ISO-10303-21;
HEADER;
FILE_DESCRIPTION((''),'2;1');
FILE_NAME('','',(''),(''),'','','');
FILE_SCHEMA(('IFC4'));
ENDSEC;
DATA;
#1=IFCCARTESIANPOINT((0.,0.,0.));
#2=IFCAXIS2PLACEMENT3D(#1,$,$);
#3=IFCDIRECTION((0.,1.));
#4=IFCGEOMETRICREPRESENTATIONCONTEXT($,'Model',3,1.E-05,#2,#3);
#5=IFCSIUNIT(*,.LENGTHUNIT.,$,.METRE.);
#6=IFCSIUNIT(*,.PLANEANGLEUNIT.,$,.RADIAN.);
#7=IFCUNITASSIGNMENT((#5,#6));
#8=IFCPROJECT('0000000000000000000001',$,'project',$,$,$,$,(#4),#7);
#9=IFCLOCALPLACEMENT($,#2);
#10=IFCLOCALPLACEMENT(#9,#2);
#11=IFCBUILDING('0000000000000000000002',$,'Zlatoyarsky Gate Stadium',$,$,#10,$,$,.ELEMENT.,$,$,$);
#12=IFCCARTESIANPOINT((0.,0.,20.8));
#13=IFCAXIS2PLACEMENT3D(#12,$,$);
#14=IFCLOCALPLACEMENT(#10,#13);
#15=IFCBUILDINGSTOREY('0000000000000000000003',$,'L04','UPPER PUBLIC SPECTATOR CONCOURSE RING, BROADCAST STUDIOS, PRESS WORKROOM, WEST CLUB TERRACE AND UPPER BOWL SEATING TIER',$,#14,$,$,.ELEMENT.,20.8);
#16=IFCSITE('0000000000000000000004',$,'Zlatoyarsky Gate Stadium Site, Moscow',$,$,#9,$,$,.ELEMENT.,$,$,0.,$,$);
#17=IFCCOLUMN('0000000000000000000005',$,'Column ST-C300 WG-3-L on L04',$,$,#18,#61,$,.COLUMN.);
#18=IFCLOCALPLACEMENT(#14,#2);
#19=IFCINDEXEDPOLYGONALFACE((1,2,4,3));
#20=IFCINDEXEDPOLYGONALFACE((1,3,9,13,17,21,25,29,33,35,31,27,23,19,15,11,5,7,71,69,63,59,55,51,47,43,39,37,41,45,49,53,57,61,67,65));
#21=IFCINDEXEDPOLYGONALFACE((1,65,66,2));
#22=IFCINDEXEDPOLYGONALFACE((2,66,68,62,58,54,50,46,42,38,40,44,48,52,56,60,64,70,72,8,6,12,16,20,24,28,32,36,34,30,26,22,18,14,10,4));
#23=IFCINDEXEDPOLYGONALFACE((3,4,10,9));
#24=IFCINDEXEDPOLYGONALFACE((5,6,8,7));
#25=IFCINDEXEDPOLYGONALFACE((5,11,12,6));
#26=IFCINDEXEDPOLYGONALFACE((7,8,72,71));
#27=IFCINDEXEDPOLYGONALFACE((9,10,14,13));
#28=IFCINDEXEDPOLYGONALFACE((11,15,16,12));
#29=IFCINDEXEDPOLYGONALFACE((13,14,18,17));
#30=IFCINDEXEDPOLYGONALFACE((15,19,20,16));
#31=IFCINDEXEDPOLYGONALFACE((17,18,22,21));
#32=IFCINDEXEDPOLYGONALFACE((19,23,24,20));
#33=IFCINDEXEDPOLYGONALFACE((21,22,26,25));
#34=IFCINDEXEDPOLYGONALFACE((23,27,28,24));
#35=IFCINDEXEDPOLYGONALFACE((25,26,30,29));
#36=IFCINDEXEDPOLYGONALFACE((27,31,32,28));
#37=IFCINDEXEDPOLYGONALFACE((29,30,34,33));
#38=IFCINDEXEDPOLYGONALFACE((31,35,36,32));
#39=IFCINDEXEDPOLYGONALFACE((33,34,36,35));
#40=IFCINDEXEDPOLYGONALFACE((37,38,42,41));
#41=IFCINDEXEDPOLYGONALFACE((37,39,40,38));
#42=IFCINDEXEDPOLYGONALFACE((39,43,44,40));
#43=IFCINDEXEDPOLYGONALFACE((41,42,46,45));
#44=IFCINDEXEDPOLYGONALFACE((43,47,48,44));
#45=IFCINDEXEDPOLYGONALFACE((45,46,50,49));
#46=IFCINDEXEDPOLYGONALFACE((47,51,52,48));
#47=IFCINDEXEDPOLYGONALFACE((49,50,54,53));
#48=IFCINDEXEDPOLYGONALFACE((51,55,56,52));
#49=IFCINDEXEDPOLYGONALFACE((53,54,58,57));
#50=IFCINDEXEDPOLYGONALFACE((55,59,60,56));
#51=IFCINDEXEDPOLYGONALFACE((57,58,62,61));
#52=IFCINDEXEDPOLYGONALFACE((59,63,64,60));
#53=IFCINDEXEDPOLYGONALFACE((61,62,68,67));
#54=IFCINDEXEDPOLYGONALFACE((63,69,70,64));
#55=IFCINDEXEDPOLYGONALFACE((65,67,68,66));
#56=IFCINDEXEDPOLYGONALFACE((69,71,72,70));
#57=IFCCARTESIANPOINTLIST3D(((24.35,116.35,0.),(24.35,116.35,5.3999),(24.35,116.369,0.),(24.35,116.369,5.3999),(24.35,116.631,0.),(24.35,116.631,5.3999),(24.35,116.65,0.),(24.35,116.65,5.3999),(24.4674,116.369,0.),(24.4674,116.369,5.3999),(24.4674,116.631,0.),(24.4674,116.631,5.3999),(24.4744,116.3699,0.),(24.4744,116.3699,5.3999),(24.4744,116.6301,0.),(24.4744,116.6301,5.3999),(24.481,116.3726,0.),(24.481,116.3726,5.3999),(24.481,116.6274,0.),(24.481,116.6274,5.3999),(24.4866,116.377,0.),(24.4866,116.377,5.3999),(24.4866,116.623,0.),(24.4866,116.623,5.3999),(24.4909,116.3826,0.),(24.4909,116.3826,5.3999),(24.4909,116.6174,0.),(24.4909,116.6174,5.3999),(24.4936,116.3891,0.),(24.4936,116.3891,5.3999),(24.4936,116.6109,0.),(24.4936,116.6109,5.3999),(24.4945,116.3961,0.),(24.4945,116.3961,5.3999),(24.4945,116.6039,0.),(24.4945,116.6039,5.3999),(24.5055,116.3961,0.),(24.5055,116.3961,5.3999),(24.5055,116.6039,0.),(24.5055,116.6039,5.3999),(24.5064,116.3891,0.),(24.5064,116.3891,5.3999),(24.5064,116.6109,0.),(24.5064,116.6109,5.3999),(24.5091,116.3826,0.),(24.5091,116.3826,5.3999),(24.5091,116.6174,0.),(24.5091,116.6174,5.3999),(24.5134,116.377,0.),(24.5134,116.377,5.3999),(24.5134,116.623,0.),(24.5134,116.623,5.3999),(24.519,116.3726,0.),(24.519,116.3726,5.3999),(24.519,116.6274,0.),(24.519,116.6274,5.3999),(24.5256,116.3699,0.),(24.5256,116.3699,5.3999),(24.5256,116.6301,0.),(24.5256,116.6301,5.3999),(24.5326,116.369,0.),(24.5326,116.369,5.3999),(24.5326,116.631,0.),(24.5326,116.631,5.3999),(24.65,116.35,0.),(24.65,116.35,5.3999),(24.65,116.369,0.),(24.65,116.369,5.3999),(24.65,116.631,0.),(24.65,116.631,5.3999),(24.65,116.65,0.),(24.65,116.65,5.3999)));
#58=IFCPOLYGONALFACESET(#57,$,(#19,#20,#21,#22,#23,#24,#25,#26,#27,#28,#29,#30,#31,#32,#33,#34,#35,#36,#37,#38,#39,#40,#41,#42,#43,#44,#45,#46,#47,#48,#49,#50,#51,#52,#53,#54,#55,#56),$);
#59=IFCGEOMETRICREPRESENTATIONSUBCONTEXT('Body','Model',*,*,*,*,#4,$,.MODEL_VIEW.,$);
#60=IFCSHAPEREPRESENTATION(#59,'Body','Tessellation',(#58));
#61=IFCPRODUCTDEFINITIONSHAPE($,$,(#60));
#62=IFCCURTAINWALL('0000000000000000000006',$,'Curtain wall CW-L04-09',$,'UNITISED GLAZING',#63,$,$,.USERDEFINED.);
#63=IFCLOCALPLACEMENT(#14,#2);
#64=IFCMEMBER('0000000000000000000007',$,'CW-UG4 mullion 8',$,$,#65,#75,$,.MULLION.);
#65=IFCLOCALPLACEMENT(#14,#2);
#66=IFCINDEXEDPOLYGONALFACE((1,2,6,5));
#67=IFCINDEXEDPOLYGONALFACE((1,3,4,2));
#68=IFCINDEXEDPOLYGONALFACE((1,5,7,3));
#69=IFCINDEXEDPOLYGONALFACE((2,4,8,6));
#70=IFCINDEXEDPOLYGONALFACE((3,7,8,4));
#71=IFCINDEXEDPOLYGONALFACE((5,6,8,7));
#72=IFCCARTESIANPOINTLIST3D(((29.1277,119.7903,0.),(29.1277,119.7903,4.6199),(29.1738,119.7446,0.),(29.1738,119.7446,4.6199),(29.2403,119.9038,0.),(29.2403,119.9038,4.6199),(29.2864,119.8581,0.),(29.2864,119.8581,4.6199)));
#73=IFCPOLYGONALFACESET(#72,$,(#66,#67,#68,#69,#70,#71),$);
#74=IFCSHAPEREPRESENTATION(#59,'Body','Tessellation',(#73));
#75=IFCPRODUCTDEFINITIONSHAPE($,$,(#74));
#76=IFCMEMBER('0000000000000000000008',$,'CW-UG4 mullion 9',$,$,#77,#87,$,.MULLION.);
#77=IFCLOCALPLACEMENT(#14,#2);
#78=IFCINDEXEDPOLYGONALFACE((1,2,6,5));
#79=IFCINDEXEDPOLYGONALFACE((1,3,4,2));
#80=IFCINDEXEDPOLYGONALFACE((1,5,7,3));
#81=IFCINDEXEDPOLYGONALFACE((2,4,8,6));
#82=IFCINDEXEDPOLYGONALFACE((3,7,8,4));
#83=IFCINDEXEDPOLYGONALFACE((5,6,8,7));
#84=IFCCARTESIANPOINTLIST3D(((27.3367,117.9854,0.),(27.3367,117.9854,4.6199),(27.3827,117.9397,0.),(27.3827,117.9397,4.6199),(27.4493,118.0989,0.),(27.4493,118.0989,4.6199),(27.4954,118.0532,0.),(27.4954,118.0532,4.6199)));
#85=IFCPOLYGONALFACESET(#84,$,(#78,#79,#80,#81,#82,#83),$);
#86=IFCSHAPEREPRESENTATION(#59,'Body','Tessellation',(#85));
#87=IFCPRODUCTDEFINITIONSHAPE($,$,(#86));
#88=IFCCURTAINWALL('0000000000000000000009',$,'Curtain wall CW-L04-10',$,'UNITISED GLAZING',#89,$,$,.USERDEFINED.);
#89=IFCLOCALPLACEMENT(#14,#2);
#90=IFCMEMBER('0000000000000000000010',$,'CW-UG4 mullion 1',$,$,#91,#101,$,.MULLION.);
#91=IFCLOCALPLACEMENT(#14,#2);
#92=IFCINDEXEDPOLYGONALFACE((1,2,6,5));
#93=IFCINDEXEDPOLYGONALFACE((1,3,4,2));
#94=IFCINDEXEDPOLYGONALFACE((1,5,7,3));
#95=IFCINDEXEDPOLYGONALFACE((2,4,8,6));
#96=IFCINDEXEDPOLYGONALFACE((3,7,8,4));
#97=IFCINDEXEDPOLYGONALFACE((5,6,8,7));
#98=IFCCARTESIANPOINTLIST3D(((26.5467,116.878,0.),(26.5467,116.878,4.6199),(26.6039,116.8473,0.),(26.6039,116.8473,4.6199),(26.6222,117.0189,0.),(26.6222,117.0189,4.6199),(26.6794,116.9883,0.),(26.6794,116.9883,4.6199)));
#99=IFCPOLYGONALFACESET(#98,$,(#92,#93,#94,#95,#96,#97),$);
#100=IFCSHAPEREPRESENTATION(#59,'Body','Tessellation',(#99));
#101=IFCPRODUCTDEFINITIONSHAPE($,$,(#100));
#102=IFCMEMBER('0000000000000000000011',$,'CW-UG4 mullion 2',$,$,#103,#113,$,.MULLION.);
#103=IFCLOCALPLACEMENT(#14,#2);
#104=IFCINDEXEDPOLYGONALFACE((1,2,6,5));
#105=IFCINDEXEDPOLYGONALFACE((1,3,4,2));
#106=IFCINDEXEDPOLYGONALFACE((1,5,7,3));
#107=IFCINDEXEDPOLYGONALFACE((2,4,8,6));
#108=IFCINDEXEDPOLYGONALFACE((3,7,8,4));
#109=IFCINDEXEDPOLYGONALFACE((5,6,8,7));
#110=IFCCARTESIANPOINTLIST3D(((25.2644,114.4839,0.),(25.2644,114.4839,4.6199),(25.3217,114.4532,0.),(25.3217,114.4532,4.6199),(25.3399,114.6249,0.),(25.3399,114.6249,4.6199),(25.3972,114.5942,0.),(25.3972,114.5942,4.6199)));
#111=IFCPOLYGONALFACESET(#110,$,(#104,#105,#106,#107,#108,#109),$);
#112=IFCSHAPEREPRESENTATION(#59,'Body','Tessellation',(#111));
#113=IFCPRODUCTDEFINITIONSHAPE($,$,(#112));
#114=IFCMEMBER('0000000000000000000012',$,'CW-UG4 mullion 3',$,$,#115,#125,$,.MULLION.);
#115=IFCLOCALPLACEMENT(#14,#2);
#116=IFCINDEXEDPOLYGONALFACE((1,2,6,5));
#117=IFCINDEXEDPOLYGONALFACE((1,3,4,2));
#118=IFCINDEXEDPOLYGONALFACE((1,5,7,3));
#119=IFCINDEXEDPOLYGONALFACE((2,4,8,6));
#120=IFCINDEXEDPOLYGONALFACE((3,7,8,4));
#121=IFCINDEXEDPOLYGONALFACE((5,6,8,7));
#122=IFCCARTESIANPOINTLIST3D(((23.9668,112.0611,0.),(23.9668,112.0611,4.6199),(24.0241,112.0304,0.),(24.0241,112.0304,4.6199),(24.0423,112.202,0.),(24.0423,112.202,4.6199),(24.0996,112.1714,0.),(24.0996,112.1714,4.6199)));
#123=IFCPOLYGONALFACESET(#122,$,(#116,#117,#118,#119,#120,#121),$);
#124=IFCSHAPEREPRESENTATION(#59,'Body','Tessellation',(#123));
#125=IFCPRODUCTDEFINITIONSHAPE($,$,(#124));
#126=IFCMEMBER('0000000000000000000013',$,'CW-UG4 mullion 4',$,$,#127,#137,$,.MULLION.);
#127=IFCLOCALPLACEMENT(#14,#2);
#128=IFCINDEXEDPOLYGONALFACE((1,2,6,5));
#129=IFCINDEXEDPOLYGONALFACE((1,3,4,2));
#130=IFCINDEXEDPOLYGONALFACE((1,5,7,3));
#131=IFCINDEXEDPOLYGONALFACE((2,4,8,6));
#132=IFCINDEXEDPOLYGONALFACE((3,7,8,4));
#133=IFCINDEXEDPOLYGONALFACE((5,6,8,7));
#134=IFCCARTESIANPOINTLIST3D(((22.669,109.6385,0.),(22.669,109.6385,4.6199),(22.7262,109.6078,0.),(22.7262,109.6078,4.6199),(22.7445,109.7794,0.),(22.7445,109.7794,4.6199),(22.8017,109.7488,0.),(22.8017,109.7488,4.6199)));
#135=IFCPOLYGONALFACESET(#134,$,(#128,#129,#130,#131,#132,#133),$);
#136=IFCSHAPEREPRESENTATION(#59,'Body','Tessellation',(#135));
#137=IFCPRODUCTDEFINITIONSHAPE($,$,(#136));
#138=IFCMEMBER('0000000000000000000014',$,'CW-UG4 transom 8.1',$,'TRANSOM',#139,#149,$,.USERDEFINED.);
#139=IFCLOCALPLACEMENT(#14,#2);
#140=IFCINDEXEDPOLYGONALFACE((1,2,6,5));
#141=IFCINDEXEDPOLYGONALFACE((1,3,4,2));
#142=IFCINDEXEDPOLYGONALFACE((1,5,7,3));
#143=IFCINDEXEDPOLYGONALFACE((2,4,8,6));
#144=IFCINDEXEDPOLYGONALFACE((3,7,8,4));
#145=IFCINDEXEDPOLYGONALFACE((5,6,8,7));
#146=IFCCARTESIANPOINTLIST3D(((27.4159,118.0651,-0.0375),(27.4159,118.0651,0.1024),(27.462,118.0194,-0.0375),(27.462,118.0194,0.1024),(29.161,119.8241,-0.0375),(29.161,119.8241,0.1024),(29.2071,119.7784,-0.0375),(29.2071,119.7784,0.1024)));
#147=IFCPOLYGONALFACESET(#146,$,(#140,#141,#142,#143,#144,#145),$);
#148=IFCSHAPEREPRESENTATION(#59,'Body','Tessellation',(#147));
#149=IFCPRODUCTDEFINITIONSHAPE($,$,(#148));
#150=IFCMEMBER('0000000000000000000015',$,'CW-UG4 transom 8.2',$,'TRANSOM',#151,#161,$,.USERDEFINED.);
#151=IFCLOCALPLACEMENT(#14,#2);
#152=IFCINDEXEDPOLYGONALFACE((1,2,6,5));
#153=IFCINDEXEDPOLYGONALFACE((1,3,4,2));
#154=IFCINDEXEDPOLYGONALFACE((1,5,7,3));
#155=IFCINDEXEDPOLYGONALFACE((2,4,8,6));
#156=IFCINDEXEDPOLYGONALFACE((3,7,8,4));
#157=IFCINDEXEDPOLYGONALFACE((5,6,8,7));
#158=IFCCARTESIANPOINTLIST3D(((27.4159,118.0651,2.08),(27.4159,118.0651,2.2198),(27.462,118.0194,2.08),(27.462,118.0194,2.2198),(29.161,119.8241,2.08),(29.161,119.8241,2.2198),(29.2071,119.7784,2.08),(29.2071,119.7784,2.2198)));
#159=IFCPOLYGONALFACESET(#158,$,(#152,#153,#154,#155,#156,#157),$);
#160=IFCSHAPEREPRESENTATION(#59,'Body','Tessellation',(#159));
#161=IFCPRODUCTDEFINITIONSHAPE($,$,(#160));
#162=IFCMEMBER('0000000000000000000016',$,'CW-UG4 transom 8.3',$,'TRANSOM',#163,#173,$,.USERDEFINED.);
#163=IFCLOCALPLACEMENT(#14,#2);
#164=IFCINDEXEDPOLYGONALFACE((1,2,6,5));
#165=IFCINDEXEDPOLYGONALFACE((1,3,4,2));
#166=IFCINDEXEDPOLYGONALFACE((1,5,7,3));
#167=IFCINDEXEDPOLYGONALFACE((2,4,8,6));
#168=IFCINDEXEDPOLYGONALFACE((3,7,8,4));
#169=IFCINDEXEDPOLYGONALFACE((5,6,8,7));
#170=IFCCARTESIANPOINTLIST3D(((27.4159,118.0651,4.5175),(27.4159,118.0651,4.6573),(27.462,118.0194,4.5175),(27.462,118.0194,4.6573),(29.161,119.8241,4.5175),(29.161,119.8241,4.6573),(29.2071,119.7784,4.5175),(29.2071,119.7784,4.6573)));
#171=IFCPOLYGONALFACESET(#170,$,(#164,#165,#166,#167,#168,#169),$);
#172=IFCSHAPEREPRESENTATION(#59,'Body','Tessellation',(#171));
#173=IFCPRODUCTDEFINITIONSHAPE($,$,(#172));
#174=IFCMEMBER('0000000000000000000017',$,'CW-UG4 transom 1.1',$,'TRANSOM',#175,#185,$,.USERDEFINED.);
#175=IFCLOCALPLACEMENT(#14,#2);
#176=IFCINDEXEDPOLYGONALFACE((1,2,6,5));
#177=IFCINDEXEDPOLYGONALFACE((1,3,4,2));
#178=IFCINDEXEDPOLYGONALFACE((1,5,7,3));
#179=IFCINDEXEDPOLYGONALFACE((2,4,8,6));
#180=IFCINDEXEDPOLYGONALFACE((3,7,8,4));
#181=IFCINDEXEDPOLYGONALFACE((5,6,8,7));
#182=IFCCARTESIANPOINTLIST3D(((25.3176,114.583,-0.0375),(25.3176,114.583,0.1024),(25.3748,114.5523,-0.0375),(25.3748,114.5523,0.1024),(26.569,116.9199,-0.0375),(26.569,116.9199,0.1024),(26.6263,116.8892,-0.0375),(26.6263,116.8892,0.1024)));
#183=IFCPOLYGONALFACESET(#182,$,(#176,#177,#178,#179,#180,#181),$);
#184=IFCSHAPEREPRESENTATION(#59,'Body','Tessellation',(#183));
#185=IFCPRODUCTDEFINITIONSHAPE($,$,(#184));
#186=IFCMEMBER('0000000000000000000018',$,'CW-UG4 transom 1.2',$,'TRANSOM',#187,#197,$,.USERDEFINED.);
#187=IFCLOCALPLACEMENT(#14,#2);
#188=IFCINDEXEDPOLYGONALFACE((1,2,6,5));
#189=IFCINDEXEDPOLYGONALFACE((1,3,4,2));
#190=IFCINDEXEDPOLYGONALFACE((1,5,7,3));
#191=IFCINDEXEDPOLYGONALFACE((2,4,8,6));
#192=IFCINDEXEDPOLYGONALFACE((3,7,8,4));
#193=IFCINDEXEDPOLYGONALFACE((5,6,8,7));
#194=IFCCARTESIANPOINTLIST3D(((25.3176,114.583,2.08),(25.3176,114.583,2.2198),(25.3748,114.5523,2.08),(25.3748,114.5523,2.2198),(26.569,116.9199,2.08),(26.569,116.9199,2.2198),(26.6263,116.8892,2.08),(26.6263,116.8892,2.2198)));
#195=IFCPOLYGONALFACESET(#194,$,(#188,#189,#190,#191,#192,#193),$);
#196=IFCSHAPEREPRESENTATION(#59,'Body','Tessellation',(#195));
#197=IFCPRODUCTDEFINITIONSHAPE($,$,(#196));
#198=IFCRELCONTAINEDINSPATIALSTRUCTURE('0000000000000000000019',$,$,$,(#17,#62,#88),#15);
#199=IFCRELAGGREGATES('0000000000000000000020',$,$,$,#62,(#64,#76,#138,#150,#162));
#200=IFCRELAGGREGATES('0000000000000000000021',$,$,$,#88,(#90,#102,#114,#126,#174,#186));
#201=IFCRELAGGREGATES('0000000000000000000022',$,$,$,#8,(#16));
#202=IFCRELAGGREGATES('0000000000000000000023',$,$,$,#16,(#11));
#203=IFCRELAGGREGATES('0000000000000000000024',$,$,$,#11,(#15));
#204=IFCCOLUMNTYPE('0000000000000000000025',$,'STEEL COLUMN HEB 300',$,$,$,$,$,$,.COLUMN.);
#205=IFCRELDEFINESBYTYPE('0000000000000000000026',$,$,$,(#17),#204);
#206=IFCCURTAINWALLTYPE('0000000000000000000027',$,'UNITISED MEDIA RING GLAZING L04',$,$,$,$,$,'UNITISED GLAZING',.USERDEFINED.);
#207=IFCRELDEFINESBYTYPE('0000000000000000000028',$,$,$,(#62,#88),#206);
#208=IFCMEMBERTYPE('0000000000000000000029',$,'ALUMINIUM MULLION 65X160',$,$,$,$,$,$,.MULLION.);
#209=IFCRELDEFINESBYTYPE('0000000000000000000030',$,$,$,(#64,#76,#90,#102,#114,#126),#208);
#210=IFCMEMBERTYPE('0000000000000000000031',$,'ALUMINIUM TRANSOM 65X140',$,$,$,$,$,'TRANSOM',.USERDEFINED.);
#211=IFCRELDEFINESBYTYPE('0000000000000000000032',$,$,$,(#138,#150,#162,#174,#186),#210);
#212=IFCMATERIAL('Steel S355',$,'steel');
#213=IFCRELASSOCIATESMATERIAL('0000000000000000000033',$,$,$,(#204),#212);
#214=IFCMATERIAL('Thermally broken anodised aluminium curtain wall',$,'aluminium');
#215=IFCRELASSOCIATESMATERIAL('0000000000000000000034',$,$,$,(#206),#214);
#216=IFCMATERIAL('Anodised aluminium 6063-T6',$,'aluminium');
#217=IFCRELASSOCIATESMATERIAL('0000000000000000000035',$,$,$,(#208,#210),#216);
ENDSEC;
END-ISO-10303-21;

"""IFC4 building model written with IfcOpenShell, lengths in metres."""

from ifc_helpers import new_model, si_unit, direction, frame, origin, origin_2d, place, context, subcontext, project, spatial, rectangle, i_section, extrude, material, material_profile, profile_set, type_object, element, aggregate, save


model = new_model("IFC4")

# Units and contexts
model_context = context("Model", 3, precision=1e-05, world=origin(), true_north=direction((0.0, 1.0)))
body_context = subcontext(model_context, "Body", "Model", "MODEL_VIEW")
ifc_project = project(units=[si_unit("LENGTHUNIT", "METRE"), si_unit("PLANEANGLEUNIT", "RADIAN")], contexts=[model_context])

# Site, building, storey
site_placement = place(None, origin())
site = spatial("IfcSite", under=ifc_project, at=site_placement, Name="Zlatoyarsky Gate Stadium Site, Moscow", CompositionType="ELEMENT", RefElevation=0.0)
building_placement = place(site_placement, origin())
building = spatial("IfcBuilding", under=site, at=building_placement, Name="Zlatoyarsky Gate Stadium", CompositionType="ELEMENT")
storey_placement = place(building_placement, frame((0.0, 0.0, 20.8)))
storey = spatial("IfcBuildingStorey", under=building, at=storey_placement, Name="L04", Description="UPPER PUBLIC SPECTATOR CONCOURSE RING, BROADCAST STUDIOS, PRESS WORKROOM, WEST CLUB TERRACE AND UPPER BOWL SEATING TIER", CompositionType="ELEMENT", Elevation=20.8)

# Column
ifc_material_1 = material(Name="Steel S355", Category="steel")
ifc_material_profile_1 = material_profile(ifc_material_1, i_section(OverallWidth=0.3, OverallDepth=0.3, WebThickness=0.011, FlangeThickness=0.019, FilletRadius=0.0271, at=origin_2d()), Name="HEB 300")
ifc_profile_set_1 = profile_set([ifc_material_profile_1], Name="Steel S355")
column_type = type_object("IfcColumnType", Name="STEEL COLUMN HEB 300", PredefinedType="COLUMN", material=ifc_profile_set_1)
column_placement = place(storey_placement, frame((24.5, 116.5, 0.0), z_axis=(0.0, 0.0, 1.0), x_axis=(1.0, 0.0, 0.0)))
element("IfcColumn", 1, at=column_placement, inside=storey, type_object=column_type, Name="Column ST-C300 WG-3-L on L04", PredefinedType="COLUMN", context=body_context, shape_type="SweptSolid", body=[
    extrude(i_section(OverallWidth=0.3, OverallDepth=0.3, WebThickness=0.011, FlangeThickness=0.019, FilletRadius=0.0271, at=origin_2d()), origin(), (0.0, 0.0, 1.0), 5.3999),
])

# Curtain walls, members
ifc_material_2 = material(Name="Thermally broken anodised aluminium curtain wall", Category="aluminium")
curtain_wall_type = type_object("IfcCurtainWallType", Name="UNITISED MEDIA RING GLAZING L04", ElementType="UNITISED GLAZING", PredefinedType="USERDEFINED", material=ifc_material_2)
curtain_wall_1_placement = place(storey_placement, origin())
curtain_wall_1 = element("IfcCurtainWall", 2, at=curtain_wall_1_placement, inside=storey, type_object=curtain_wall_type, Name="Curtain wall CW-L04-09", ObjectType="UNITISED GLAZING", PredefinedType="USERDEFINED")
ifc_material_3 = material(Name="Anodised aluminium 6063-T6", Category="aluminium")
ifc_material_profile_2 = material_profile(ifc_material_3, rectangle(XDim=0.0649, YDim=0.1599, at=origin_2d()), Name="ALU 65X160")
ifc_profile_set_2 = profile_set([ifc_material_profile_2], Name="Anodised aluminium 6063-T6")
member_type_1 = type_object("IfcMemberType", Name="ALUMINIUM MULLION 65X160", PredefinedType="MULLION", material=ifc_profile_set_2)
member_1_placement = place(storey_placement, frame((29.207, 119.8242, 0.0), z_axis=(0.0, 0.0, 1.0), x_axis=(0.709871, -0.704332, 0.0)))
member_1 = element("IfcMember", 3, at=member_1_placement, type_object=member_type_1, Name="CW-UG4 mullion 8", PredefinedType="MULLION", context=body_context, shape_type="SweptSolid", body=[
    extrude(rectangle(XDim=0.0649, YDim=0.1599, at=origin_2d()), origin(), (0.0, 0.0, 1.0), 4.6199),
])
member_2_placement = place(storey_placement, frame((27.416, 118.0193, 0.0), z_axis=(0.0, 0.0, 1.0), x_axis=(0.709871, -0.704332, 0.0)))
member_2 = element("IfcMember", 4, at=member_2_placement, type_object=member_type_1, Name="CW-UG4 mullion 9", PredefinedType="MULLION", context=body_context, shape_type="SweptSolid", body=[
    extrude(rectangle(XDim=0.0649, YDim=0.1599, at=origin_2d()), origin(), (0.0, 0.0, 1.0), 4.6199),
])
curtain_wall_2_placement = place(storey_placement, origin())
curtain_wall_2 = element("IfcCurtainWall", 5, at=curtain_wall_2_placement, inside=storey, type_object=curtain_wall_type, Name="Curtain wall CW-L04-10", ObjectType="UNITISED GLAZING", PredefinedType="USERDEFINED")
member_3_placement = place(storey_placement, frame((26.613, 116.9331, 0.0), z_axis=(0.0, 0.0, 1.0), x_axis=(0.881521, -0.472145, 0.0)))
member_3 = element("IfcMember", 6, at=member_3_placement, type_object=member_type_1, Name="CW-UG4 mullion 1", PredefinedType="MULLION", context=body_context, shape_type="SweptSolid", body=[
    extrude(rectangle(XDim=0.0649, YDim=0.1599, at=origin_2d()), origin(), (0.0, 0.0, 1.0), 4.6199),
])
member_4_placement = place(storey_placement, frame((25.3308, 114.5391, 0.0), z_axis=(0.0, 0.0, 1.0), x_axis=(0.881521, -0.472145, 0.0)))
member_4 = element("IfcMember", 7, at=member_4_placement, type_object=member_type_1, Name="CW-UG4 mullion 2", PredefinedType="MULLION", context=body_context, shape_type="SweptSolid", body=[
    extrude(rectangle(XDim=0.0649, YDim=0.1599, at=origin_2d()), origin(), (0.0, 0.0, 1.0), 4.6199),
])
member_5_placement = place(storey_placement, frame((24.0332, 112.1162, 0.0), z_axis=(0.0, 0.0, 1.0), x_axis=(0.881521, -0.472145, 0.0)))
member_5 = element("IfcMember", 8, at=member_5_placement, type_object=member_type_1, Name="CW-UG4 mullion 3", PredefinedType="MULLION", context=body_context, shape_type="SweptSolid", body=[
    extrude(rectangle(XDim=0.0649, YDim=0.1599, at=origin_2d()), origin(), (0.0, 0.0, 1.0), 4.6199),
])
member_6_placement = place(storey_placement, frame((22.7354, 109.6936, 0.0), z_axis=(0.0, 0.0, 1.0), x_axis=(0.881521, -0.472145, 0.0)))
member_6 = element("IfcMember", 9, at=member_6_placement, type_object=member_type_1, Name="CW-UG4 mullion 4", PredefinedType="MULLION", context=body_context, shape_type="SweptSolid", body=[
    extrude(rectangle(XDim=0.0649, YDim=0.1599, at=origin_2d()), origin(), (0.0, 0.0, 1.0), 4.6199),
])

# Members
ifc_material_profile_3 = material_profile(ifc_material_3, rectangle(XDim=0.0649, YDim=0.1399, at=origin_2d()), Name="ALU 65X140")
ifc_profile_set_3 = profile_set([ifc_material_profile_3], Name="Anodised aluminium 6063-T6")
member_type_2 = type_object("IfcMemberType", Name="ALUMINIUM TRANSOM 65X140", ElementType="TRANSOM", PredefinedType="USERDEFINED", material=ifc_profile_set_3)
member_7_placement = place(storey_placement, frame((29.1841, 119.8013, 0.0325), z_axis=(-0.704293, -0.709909, 0.0), x_axis=(0.709909, -0.704293, 0.0)))
member_7 = element("IfcMember", 10, at=member_7_placement, type_object=member_type_2, Name="CW-UG4 transom 8.1", ObjectType="TRANSOM", PredefinedType="USERDEFINED", context=body_context, shape_type="SweptSolid", body=[
    extrude(rectangle(XDim=0.0649, YDim=0.1399, at=origin_2d()), origin(), (0.0, 0.0, 1.0), 2.4778),
])
member_8_placement = place(storey_placement, frame((29.1841, 119.8013, 2.1499), z_axis=(-0.704293, -0.709909, 0.0), x_axis=(0.709909, -0.704293, 0.0)))
member_8 = element("IfcMember", 11, at=member_8_placement, type_object=member_type_2, Name="CW-UG4 transom 8.2", ObjectType="TRANSOM", PredefinedType="USERDEFINED", context=body_context, shape_type="SweptSolid", body=[
    extrude(rectangle(XDim=0.0649, YDim=0.1399, at=origin_2d()), origin(), (0.0, 0.0, 1.0), 2.4778),
])
member_9_placement = place(storey_placement, frame((29.1841, 119.8013, 4.5874), z_axis=(-0.704293, -0.709909, 0.0), x_axis=(0.709909, -0.704293, 0.0)))
member_9 = element("IfcMember", 12, at=member_9_placement, type_object=member_type_2, Name="CW-UG4 transom 8.3", ObjectType="TRANSOM", PredefinedType="USERDEFINED", context=body_context, shape_type="SweptSolid", body=[
    extrude(rectangle(XDim=0.0649, YDim=0.1399, at=origin_2d()), origin(), (0.0, 0.0, 1.0), 2.4778),
])
member_10_placement = place(storey_placement, frame((26.5977, 116.9045, 0.0325), z_axis=(-0.472089, -0.881551, 0.0), x_axis=(0.881551, -0.472089, 0.0)))
member_10 = element("IfcMember", 13, at=member_10_placement, type_object=member_type_2, Name="CW-UG4 transom 1.1", ObjectType="TRANSOM", PredefinedType="USERDEFINED", context=body_context, shape_type="SweptSolid", body=[
    extrude(rectangle(XDim=0.0649, YDim=0.1399, at=origin_2d()), origin(), (0.0, 0.0, 1.0), 2.6509),
])
member_11_placement = place(storey_placement, frame((26.5977, 116.9045, 2.1499), z_axis=(-0.472089, -0.881551, 0.0), x_axis=(0.881551, -0.472089, 0.0)))
member_11 = element("IfcMember", 14, at=member_11_placement, type_object=member_type_2, Name="CW-UG4 transom 1.2", ObjectType="TRANSOM", PredefinedType="USERDEFINED", context=body_context, shape_type="SweptSolid", body=[
    extrude(rectangle(XDim=0.0649, YDim=0.1399, at=origin_2d()), origin(), (0.0, 0.0, 1.0), 2.6509),
])

aggregate(curtain_wall_1, [member_1, member_2, member_7, member_8, member_9])
aggregate(curtain_wall_2, [member_3, member_4, member_5, member_6, member_10, member_11])

save(model, "model.ifc")
